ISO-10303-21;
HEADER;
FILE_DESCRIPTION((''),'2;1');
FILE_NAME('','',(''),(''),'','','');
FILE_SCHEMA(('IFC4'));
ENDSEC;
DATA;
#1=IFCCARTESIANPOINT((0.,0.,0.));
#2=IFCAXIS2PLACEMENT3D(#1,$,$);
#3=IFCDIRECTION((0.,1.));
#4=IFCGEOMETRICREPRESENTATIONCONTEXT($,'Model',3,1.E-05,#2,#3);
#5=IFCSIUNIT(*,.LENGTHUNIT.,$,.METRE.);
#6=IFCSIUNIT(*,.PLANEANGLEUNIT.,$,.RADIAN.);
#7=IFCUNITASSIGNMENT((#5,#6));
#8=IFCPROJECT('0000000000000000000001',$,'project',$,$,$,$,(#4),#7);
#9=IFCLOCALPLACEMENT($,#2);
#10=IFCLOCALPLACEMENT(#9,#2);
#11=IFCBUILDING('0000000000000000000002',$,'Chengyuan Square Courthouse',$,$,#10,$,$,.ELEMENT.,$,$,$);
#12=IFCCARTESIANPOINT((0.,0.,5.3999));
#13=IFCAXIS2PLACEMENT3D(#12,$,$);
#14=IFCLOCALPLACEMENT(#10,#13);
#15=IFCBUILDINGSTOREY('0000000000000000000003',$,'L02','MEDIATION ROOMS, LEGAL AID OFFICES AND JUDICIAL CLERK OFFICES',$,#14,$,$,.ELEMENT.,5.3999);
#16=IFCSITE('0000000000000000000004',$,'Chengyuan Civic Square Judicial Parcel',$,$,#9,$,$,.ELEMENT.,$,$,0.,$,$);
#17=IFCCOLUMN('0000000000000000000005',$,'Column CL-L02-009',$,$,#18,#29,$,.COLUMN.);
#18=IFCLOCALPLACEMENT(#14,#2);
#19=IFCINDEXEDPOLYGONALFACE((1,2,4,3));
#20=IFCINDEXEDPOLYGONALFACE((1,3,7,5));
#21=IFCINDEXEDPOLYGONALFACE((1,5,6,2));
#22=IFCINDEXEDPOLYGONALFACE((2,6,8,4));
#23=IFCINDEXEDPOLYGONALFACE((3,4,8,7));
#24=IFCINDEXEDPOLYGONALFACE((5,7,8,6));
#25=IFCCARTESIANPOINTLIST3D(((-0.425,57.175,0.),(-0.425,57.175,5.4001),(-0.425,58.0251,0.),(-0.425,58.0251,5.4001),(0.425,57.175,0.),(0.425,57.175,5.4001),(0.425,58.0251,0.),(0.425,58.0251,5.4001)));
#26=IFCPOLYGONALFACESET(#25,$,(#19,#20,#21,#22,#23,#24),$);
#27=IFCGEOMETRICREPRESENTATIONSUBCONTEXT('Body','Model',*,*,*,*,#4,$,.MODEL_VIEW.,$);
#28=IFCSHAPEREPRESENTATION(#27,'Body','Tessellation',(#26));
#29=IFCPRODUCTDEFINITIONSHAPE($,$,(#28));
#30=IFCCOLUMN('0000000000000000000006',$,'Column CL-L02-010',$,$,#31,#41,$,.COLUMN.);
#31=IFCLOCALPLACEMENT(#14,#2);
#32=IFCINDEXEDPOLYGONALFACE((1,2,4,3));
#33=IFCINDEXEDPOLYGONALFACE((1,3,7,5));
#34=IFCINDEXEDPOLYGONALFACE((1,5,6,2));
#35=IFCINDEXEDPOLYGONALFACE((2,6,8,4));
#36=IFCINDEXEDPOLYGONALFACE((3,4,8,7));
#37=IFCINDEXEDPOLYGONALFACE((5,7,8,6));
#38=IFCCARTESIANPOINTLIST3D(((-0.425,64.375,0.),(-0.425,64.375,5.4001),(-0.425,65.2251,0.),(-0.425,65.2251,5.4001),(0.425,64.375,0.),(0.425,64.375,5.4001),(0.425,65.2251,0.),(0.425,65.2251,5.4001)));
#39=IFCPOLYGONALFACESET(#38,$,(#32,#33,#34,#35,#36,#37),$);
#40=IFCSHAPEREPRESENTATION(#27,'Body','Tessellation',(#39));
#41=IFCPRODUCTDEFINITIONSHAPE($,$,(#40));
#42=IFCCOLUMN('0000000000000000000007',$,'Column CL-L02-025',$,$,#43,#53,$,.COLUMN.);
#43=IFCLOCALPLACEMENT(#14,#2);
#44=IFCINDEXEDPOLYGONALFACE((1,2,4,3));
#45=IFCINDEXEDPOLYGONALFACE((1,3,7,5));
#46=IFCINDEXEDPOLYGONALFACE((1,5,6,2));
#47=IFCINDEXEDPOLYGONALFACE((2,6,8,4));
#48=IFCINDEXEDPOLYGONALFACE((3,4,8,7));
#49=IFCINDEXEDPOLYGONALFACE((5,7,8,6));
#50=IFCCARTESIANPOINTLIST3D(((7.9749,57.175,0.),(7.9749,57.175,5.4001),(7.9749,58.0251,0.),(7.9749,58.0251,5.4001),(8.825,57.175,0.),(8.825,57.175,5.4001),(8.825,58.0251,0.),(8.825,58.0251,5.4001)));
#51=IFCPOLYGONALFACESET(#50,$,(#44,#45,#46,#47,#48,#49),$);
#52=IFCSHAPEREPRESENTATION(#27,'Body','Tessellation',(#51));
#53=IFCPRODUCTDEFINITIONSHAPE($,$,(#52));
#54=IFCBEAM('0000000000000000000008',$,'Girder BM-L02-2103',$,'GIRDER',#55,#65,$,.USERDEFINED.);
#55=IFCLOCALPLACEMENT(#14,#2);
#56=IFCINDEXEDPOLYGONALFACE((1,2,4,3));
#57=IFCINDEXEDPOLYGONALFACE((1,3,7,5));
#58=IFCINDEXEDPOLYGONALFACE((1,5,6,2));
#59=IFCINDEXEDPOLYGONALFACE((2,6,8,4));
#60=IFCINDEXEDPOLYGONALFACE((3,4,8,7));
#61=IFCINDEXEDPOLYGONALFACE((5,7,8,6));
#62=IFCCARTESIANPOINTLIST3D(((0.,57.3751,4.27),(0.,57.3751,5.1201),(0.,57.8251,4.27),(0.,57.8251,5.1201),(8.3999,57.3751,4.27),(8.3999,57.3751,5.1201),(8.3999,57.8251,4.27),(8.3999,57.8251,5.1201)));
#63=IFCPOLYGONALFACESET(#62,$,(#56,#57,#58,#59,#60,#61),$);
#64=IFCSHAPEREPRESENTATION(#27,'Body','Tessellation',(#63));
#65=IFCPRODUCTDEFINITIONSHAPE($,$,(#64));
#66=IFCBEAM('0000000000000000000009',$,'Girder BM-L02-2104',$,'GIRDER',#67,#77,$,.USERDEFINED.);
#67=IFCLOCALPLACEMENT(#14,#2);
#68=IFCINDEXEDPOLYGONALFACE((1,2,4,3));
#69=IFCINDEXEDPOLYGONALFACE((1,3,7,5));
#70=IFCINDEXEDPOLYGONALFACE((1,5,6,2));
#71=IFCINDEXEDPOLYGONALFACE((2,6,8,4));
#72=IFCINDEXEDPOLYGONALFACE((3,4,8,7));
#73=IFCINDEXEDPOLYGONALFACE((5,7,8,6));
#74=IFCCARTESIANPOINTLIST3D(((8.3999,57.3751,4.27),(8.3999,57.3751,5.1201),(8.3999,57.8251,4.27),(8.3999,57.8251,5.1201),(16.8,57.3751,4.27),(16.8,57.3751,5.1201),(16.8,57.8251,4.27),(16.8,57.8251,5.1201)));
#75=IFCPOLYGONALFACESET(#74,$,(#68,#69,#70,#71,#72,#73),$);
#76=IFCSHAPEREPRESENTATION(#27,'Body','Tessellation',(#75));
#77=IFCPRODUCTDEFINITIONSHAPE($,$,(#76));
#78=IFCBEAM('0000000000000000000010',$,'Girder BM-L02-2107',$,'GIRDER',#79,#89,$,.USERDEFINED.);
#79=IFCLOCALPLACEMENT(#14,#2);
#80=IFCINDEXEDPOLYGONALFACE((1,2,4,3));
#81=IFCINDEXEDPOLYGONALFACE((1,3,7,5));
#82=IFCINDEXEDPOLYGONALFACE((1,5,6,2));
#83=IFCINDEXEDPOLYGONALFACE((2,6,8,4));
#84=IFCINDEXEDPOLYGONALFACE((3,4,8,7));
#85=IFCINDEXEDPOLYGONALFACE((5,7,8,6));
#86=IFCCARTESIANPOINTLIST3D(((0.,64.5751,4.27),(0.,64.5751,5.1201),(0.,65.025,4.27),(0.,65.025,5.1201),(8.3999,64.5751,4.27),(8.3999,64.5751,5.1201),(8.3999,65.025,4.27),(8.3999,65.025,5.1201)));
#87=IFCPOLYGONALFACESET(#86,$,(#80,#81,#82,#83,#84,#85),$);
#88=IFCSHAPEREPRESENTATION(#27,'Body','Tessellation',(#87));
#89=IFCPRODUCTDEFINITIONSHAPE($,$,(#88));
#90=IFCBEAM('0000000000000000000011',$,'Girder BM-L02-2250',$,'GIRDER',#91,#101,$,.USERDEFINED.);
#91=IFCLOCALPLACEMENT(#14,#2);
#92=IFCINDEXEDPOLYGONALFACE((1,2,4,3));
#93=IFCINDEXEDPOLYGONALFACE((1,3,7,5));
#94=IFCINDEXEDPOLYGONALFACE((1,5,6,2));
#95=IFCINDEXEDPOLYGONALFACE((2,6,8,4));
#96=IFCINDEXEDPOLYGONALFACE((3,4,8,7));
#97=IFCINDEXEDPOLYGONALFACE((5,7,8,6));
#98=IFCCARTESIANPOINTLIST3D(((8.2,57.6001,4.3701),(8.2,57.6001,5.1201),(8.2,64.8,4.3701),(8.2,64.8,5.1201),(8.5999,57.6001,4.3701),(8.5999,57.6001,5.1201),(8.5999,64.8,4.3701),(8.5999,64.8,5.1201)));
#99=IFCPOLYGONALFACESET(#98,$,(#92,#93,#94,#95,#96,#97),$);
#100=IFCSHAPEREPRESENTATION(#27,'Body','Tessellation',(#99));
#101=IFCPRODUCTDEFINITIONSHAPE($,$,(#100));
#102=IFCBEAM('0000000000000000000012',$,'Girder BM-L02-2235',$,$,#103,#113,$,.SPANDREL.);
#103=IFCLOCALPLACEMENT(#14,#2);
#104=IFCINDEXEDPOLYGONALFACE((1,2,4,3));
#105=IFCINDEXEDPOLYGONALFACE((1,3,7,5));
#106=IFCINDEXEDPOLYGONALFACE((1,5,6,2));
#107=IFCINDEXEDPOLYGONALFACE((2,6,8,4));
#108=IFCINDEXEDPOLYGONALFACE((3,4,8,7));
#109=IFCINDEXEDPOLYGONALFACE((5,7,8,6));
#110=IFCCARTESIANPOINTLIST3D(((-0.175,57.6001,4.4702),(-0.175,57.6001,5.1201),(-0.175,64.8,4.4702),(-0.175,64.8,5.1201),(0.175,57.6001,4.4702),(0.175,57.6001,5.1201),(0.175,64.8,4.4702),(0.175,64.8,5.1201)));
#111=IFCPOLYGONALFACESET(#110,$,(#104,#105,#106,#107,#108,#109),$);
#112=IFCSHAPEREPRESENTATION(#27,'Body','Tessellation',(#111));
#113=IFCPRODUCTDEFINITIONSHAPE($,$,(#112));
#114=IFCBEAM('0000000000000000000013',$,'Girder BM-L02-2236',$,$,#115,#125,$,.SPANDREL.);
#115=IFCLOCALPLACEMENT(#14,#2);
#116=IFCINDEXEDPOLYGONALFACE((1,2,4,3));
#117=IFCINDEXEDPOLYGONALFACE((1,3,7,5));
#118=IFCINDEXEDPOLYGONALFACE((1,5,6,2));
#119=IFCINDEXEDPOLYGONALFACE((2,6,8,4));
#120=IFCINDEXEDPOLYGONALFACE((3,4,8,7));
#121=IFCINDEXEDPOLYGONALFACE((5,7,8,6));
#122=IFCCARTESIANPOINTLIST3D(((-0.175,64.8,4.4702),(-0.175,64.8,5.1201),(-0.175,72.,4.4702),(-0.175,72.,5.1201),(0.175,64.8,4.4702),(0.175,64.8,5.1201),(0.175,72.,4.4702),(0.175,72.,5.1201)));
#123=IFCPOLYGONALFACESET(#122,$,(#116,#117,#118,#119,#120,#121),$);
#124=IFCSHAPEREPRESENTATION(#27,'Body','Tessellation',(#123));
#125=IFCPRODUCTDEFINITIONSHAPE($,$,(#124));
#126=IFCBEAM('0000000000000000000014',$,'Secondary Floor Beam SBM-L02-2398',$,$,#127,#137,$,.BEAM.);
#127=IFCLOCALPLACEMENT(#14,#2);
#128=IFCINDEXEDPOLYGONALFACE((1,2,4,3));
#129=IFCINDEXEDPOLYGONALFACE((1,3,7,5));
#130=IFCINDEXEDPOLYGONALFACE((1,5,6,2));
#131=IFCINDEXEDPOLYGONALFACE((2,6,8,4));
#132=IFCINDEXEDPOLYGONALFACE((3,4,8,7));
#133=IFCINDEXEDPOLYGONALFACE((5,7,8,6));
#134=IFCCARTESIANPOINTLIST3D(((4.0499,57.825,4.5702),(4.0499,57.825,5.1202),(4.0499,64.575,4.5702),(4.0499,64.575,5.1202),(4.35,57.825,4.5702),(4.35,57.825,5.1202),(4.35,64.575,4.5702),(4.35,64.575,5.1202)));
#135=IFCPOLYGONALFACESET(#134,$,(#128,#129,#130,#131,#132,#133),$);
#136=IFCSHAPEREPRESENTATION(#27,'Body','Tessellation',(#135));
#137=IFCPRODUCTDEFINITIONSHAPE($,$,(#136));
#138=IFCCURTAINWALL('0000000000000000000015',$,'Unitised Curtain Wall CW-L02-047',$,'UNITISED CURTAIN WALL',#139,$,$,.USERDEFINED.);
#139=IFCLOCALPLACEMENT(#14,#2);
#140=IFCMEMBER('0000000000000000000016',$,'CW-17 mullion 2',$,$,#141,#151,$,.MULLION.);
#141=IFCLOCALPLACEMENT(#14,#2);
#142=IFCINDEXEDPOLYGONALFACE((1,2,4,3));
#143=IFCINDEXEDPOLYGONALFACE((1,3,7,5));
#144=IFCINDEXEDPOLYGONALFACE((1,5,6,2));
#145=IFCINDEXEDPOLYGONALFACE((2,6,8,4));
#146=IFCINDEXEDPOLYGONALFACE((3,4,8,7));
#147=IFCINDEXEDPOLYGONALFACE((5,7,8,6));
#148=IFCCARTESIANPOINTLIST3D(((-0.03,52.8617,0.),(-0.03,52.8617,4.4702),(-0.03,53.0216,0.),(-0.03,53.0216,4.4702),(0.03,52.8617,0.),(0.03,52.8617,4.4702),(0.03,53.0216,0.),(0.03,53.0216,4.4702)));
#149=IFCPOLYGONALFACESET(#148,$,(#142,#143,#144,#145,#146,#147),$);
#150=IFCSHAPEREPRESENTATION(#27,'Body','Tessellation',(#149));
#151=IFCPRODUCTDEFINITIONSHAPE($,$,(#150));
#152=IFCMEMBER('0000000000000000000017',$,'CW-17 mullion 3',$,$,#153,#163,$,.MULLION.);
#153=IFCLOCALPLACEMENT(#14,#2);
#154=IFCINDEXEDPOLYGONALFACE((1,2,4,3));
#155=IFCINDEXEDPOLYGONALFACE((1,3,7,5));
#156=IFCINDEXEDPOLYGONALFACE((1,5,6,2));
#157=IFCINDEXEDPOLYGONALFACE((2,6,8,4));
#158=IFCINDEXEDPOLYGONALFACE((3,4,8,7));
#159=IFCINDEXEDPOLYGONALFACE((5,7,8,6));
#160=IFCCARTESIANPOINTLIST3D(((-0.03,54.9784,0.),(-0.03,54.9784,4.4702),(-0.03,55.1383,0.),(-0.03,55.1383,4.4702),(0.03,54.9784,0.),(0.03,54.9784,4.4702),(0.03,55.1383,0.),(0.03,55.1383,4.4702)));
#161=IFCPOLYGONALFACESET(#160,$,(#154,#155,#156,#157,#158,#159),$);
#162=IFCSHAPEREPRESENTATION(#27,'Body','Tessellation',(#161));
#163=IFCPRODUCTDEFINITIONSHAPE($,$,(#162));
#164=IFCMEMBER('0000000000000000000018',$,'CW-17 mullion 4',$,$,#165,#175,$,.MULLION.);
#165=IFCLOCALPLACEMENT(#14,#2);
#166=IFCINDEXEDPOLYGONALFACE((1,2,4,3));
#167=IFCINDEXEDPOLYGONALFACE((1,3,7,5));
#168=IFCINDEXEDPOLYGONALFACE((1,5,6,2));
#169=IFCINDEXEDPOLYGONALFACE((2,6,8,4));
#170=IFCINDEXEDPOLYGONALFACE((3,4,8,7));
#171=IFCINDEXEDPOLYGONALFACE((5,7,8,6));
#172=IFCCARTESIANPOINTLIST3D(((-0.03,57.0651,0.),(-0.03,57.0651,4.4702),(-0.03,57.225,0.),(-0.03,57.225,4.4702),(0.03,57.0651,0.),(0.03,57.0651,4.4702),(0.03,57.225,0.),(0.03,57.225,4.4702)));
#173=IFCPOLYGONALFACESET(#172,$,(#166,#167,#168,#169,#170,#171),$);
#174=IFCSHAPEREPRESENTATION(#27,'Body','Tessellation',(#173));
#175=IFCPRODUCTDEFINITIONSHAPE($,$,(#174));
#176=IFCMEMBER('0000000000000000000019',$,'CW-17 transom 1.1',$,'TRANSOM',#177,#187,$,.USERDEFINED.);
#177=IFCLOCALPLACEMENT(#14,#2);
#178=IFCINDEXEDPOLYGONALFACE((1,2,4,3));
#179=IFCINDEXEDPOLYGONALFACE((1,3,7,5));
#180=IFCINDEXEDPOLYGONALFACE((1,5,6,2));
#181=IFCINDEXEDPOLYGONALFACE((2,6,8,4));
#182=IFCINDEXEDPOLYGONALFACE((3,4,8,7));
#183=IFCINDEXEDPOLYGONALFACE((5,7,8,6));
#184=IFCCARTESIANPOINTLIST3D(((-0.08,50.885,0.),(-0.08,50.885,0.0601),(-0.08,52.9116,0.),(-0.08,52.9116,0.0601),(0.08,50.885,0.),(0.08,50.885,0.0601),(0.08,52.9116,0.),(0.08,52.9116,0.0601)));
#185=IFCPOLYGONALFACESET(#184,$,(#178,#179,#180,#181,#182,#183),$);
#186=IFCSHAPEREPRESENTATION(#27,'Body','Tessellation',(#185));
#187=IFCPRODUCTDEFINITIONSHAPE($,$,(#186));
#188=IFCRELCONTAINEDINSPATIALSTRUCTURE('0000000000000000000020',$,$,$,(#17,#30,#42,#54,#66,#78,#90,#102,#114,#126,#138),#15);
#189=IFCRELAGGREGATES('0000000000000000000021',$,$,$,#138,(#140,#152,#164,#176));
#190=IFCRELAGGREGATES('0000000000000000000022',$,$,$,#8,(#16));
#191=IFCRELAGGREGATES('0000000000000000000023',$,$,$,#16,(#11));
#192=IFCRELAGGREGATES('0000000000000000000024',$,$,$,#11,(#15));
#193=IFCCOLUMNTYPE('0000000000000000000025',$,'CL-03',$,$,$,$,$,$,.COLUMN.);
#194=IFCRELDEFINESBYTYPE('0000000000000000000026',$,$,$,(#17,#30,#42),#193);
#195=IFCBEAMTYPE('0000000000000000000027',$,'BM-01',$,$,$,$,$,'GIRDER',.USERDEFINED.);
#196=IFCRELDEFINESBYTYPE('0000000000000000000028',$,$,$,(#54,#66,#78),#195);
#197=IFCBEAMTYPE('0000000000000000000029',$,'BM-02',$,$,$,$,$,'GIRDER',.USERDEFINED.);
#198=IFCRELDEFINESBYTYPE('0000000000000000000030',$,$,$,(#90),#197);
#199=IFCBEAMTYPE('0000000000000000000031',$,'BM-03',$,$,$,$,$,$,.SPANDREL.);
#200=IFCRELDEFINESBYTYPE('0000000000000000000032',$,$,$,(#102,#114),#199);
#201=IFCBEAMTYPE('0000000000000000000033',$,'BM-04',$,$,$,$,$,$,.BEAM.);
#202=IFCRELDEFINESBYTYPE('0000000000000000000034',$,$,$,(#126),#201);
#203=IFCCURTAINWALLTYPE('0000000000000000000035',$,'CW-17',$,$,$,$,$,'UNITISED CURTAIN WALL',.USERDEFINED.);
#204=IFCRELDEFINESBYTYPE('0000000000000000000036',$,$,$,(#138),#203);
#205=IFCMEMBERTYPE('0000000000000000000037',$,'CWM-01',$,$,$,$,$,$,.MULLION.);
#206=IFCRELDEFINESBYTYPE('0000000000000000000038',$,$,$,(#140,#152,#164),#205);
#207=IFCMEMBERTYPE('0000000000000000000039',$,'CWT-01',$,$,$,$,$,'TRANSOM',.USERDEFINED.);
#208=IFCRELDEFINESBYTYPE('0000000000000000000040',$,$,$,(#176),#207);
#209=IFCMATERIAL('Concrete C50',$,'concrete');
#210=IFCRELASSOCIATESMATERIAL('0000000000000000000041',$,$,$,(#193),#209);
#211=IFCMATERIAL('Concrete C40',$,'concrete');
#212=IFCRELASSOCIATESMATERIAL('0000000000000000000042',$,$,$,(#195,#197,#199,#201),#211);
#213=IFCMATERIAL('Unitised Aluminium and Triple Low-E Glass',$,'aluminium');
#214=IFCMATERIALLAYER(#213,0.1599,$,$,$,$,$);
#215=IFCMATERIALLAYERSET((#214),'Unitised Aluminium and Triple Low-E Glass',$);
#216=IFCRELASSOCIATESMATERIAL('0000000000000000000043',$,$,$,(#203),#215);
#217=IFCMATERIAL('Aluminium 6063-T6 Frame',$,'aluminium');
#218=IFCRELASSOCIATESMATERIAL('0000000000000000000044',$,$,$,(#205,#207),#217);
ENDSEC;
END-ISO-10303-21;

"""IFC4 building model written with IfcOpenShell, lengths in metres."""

from ifc_helpers import new_model, si_unit, direction, frame, origin, origin_2d, place, context, subcontext, project, spatial, rectangle, extrude, material, layer, layer_set, material_profile, profile_set, type_object, element, aggregate, save


model = new_model("IFC4")

# Units and contexts
model_context = context("Model", 3, precision=1e-05, world=origin(), true_north=direction((0.0, 1.0)))
body_context = subcontext(model_context, "Body", "Model", "MODEL_VIEW")
ifc_project = project(units=[si_unit("LENGTHUNIT", "METRE"), si_unit("PLANEANGLEUNIT", "RADIAN")], contexts=[model_context])

# Site, building, storey
site_placement = place(None, origin())
site = spatial("IfcSite", under=ifc_project, at=site_placement, Name="Chengyuan Civic Square Judicial Parcel", CompositionType="ELEMENT", RefElevation=0.0)
building_placement = place(site_placement, origin())
building = spatial("IfcBuilding", under=site, at=building_placement, Name="Chengyuan Square Courthouse", CompositionType="ELEMENT")
storey_placement = place(building_placement, frame((0.0, 0.0, 5.3999)))
storey = spatial("IfcBuildingStorey", under=building, at=storey_placement, Name="L02", Description="MEDIATION ROOMS, LEGAL AID OFFICES AND JUDICIAL CLERK OFFICES", CompositionType="ELEMENT", Elevation=5.3999)

# Columns
ifc_material_1 = material(Name="Concrete C50", Category="concrete")
ifc_material_profile_1 = material_profile(ifc_material_1, rectangle(XDim=0.8501, YDim=0.8501, at=origin_2d()), Name="RC-COL-850x850")
ifc_profile_set_1 = profile_set([ifc_material_profile_1], Name="Concrete C50")
column_type = type_object("IfcColumnType", Name="CL-03", PredefinedType="COLUMN", material=ifc_profile_set_1)
for number, where, z_axis, x_axis, name in (
    (1, (0.0, 57.6001, 0.0), (0.0, 0.0, 1.0), (1.0, 0.0, 0.0), "Column CL-L02-009"),
    (2, (0.0, 64.8, 0.0), (0.0, 0.0, 1.0), (1.0, 0.0, 0.0), "Column CL-L02-010"),
    (3, (8.3999, 57.6001, 0.0), (0.0, 0.0, 1.0), (1.0, 0.0, 0.0), "Column CL-L02-025"),
):
    element("IfcColumn", number, at=place(storey_placement, frame(where, z_axis=z_axis, x_axis=x_axis)), inside=storey, type_object=column_type, Name=name, PredefinedType="COLUMN", context=body_context, shape_type="SweptSolid", body=[
        extrude(rectangle(XDim=0.8501, YDim=0.8501, at=origin_2d()), origin(), (0.0, 0.0, 1.0), 5.4001),
    ])

# Beams
ifc_material_2 = material(Name="Concrete C40", Category="concrete")
ifc_material_profile_2 = material_profile(ifc_material_2, rectangle(XDim=0.45, YDim=0.8501, at=origin_2d()), Name="RC-BM-450x850")
ifc_profile_set_2 = profile_set([ifc_material_profile_2], Name="Concrete C40")
beam_type_1 = type_object("IfcBeamType", Name="BM-01", ElementType="GIRDER", PredefinedType="USERDEFINED", material=ifc_profile_set_2)
beam_1_placement = place(storey_placement, frame((0.0, 57.6001, 4.6951), z_axis=(1.0, 0.0, 0.0), x_axis=(0.0, 1.0, 0.0)))
element("IfcBeam", 4, at=beam_1_placement, inside=storey, type_object=beam_type_1, Name="Girder BM-L02-2103", ObjectType="GIRDER", PredefinedType="USERDEFINED", context=body_context, shape_type="SweptSolid", body=[
    extrude(rectangle(XDim=0.45, YDim=0.8501, at=origin_2d()), origin(), (0.0, 0.0, 1.0), 8.3999),
])
beam_2_placement = place(storey_placement, frame((8.3999, 57.6001, 4.6951), z_axis=(1.0, 0.0, 0.0), x_axis=(0.0, 1.0, 0.0)))
element("IfcBeam", 5, at=beam_2_placement, inside=storey, type_object=beam_type_1, Name="Girder BM-L02-2104", ObjectType="GIRDER", PredefinedType="USERDEFINED", context=body_context, shape_type="SweptSolid", body=[
    extrude(rectangle(XDim=0.45, YDim=0.8501, at=origin_2d()), origin(), (0.0, 0.0, 1.0), 8.4001),
])
beam_3_placement = place(storey_placement, frame((0.0, 64.8, 4.6951), z_axis=(1.0, 0.0, 0.0), x_axis=(0.0, 1.0, 0.0)))
element("IfcBeam", 6, at=beam_3_placement, inside=storey, type_object=beam_type_1, Name="Girder BM-L02-2107", ObjectType="GIRDER", PredefinedType="USERDEFINED", context=body_context, shape_type="SweptSolid", body=[
    extrude(rectangle(XDim=0.45, YDim=0.8501, at=origin_2d()), origin(), (0.0, 0.0, 1.0), 8.3999),
])
ifc_material_profile_3 = material_profile(ifc_material_2, rectangle(XDim=0.3999, YDim=0.75, at=origin_2d()), Name="RC-BM-400x750")
ifc_profile_set_3 = profile_set([ifc_material_profile_3], Name="Concrete C40")
beam_type_2 = type_object("IfcBeamType", Name="BM-02", ElementType="GIRDER", PredefinedType="USERDEFINED", material=ifc_profile_set_3)
beam_4_placement = place(storey_placement, frame((8.3999, 57.6001, 4.7451), z_axis=(0.0, 1.0, 0.0), x_axis=(-1.0, 0.0, 0.0)))
element("IfcBeam", 7, at=beam_4_placement, inside=storey, type_object=beam_type_2, Name="Girder BM-L02-2250", ObjectType="GIRDER", PredefinedType="USERDEFINED", context=body_context, shape_type="SweptSolid", body=[
    extrude(rectangle(XDim=0.3999, YDim=0.75, at=origin_2d()), origin(), (0.0, 0.0, 1.0), 7.2),
])
ifc_material_profile_4 = material_profile(ifc_material_2, rectangle(XDim=0.3501, YDim=0.6499, at=origin_2d()), Name="RC-BM-350x650")
ifc_profile_set_4 = profile_set([ifc_material_profile_4], Name="Concrete C40")
beam_type_3 = type_object("IfcBeamType", Name="BM-03", PredefinedType="SPANDREL", material=ifc_profile_set_4)
for number, where, z_axis, x_axis, name in (
    (8, (0.0, 57.6001, 4.7952), (0.0, 1.0, 0.0), (-1.0, 0.0, 0.0), "Girder BM-L02-2235"),
    (9, (0.0, 64.8, 4.7952), (0.0, 1.0, 0.0), (-1.0, 0.0, 0.0), "Girder BM-L02-2236"),
):
    element("IfcBeam", number, at=place(storey_placement, frame(where, z_axis=z_axis, x_axis=x_axis)), inside=storey, type_object=beam_type_3, Name=name, PredefinedType="SPANDREL", context=body_context, shape_type="SweptSolid", body=[
        extrude(rectangle(XDim=0.3501, YDim=0.6499, at=origin_2d()), origin(), (0.0, 0.0, 1.0), 7.2),
    ])
ifc_material_profile_5 = material_profile(ifc_material_2, rectangle(XDim=0.3, YDim=0.55, at=origin_2d()), Name="RC-BM-300x550")
ifc_profile_set_5 = profile_set([ifc_material_profile_5], Name="Concrete C40")
beam_type_4 = type_object("IfcBeamType", Name="BM-04", PredefinedType="BEAM", material=ifc_profile_set_5)
beam_5_placement = place(storey_placement, frame((4.2, 57.825, 4.8452), z_axis=(0.0, 1.0, 0.0), x_axis=(-1.0, 0.0, 0.0)))
element("IfcBeam", 10, at=beam_5_placement, inside=storey, type_object=beam_type_4, Name="Secondary Floor Beam SBM-L02-2398", PredefinedType="BEAM", context=body_context, shape_type="SweptSolid", body=[
    extrude(rectangle(XDim=0.3, YDim=0.55, at=origin_2d()), origin(), (0.0, 0.0, 1.0), 6.75),
])

# Curtain wall, members
ifc_material_3 = material(Name="Unitised Aluminium and Triple Low-E Glass", Category="aluminium")
ifc_layer_1 = layer(ifc_material_3, 0.1599)
ifc_layer_set_1 = layer_set([ifc_layer_1], Name="Unitised Aluminium and Triple Low-E Glass")
curtain_wall_type = type_object("IfcCurtainWallType", Name="CW-17", ElementType="UNITISED CURTAIN WALL", PredefinedType="USERDEFINED", material=ifc_layer_set_1)
curtain_wall_placement = place(storey_placement, origin())
curtain_wall = element("IfcCurtainWall", 11, at=curtain_wall_placement, inside=storey, type_object=curtain_wall_type, Name="Unitised Curtain Wall CW-L02-047", ObjectType="UNITISED CURTAIN WALL", PredefinedType="USERDEFINED")
ifc_material_4 = material(Name="Aluminium 6063-T6 Frame", Category="aluminium")
ifc_material_profile_6 = material_profile(ifc_material_4, rectangle(XDim=0.0601, YDim=0.1599, at=origin_2d()), Name="CW-MUL-60x160")
ifc_profile_set_6 = profile_set([ifc_material_profile_6], Name="Aluminium 6063-T6 Frame")
member_type_1 = type_object("IfcMemberType", Name="CWM-01", PredefinedType="MULLION", material=ifc_profile_set_6)
member_1_placement = place(storey_placement, frame((0.0, 52.9417, 0.0), z_axis=(0.0, 0.0, 1.0), x_axis=(-1.0, 0.0, 0.0)))
member_1 = element("IfcMember", 12, at=member_1_placement, type_object=member_type_1, Name="CW-17 mullion 2", PredefinedType="MULLION", context=body_context, shape_type="SweptSolid", body=[
    extrude(rectangle(XDim=0.0601, YDim=0.1599, at=origin_2d()), origin(), (0.0, 0.0, 1.0), 4.4702),
])
member_2_placement = place(storey_placement, frame((0.0, 55.0583, 0.0), z_axis=(0.0, 0.0, 1.0), x_axis=(-1.0, 0.0, 0.0)))
member_2 = element("IfcMember", 13, at=member_2_placement, type_object=member_type_1, Name="CW-17 mullion 3", PredefinedType="MULLION", context=body_context, shape_type="SweptSolid", body=[
    extrude(rectangle(XDim=0.0601, YDim=0.1599, at=origin_2d()), origin(), (0.0, 0.0, 1.0), 4.4702),
])
member_3_placement = place(storey_placement, frame((0.0, 57.145, 0.0), z_axis=(0.0, 0.0, 1.0), x_axis=(-1.0, 0.0, 0.0)))
member_3 = element("IfcMember", 14, at=member_3_placement, type_object=member_type_1, Name="CW-17 mullion 4", PredefinedType="MULLION", context=body_context, shape_type="SweptSolid", body=[
    extrude(rectangle(XDim=0.0601, YDim=0.1599, at=origin_2d()), origin(), (0.0, 0.0, 1.0), 4.4702),
])
ifc_material_profile_7 = material_profile(ifc_material_4, rectangle(XDim=0.1599, YDim=0.0601, at=origin_2d()), Name="CW-TRN-60x120")
ifc_profile_set_7 = profile_set([ifc_material_profile_7], Name="Aluminium 6063-T6 Frame")
member_type_2 = type_object("IfcMemberType", Name="CWT-01", ElementType="TRANSOM", PredefinedType="USERDEFINED", material=ifc_profile_set_7)
member_4_placement = place(storey_placement, frame((0.0, 50.885, 0.03), z_axis=(0.0, 1.0, 0.0), x_axis=(-1.0, 0.0, 0.0)))
member_4 = element("IfcMember", 15, at=member_4_placement, type_object=member_type_2, Name="CW-17 transom 1.1", ObjectType="TRANSOM", PredefinedType="USERDEFINED", context=body_context, shape_type="SweptSolid", body=[
    extrude(rectangle(XDim=0.1599, YDim=0.0601, at=origin_2d()), origin(), (0.0, 0.0, 1.0), 2.0266),
])
aggregate(curtain_wall, [member_1, member_2, member_3, member_4])

save(model, "model.ifc")
